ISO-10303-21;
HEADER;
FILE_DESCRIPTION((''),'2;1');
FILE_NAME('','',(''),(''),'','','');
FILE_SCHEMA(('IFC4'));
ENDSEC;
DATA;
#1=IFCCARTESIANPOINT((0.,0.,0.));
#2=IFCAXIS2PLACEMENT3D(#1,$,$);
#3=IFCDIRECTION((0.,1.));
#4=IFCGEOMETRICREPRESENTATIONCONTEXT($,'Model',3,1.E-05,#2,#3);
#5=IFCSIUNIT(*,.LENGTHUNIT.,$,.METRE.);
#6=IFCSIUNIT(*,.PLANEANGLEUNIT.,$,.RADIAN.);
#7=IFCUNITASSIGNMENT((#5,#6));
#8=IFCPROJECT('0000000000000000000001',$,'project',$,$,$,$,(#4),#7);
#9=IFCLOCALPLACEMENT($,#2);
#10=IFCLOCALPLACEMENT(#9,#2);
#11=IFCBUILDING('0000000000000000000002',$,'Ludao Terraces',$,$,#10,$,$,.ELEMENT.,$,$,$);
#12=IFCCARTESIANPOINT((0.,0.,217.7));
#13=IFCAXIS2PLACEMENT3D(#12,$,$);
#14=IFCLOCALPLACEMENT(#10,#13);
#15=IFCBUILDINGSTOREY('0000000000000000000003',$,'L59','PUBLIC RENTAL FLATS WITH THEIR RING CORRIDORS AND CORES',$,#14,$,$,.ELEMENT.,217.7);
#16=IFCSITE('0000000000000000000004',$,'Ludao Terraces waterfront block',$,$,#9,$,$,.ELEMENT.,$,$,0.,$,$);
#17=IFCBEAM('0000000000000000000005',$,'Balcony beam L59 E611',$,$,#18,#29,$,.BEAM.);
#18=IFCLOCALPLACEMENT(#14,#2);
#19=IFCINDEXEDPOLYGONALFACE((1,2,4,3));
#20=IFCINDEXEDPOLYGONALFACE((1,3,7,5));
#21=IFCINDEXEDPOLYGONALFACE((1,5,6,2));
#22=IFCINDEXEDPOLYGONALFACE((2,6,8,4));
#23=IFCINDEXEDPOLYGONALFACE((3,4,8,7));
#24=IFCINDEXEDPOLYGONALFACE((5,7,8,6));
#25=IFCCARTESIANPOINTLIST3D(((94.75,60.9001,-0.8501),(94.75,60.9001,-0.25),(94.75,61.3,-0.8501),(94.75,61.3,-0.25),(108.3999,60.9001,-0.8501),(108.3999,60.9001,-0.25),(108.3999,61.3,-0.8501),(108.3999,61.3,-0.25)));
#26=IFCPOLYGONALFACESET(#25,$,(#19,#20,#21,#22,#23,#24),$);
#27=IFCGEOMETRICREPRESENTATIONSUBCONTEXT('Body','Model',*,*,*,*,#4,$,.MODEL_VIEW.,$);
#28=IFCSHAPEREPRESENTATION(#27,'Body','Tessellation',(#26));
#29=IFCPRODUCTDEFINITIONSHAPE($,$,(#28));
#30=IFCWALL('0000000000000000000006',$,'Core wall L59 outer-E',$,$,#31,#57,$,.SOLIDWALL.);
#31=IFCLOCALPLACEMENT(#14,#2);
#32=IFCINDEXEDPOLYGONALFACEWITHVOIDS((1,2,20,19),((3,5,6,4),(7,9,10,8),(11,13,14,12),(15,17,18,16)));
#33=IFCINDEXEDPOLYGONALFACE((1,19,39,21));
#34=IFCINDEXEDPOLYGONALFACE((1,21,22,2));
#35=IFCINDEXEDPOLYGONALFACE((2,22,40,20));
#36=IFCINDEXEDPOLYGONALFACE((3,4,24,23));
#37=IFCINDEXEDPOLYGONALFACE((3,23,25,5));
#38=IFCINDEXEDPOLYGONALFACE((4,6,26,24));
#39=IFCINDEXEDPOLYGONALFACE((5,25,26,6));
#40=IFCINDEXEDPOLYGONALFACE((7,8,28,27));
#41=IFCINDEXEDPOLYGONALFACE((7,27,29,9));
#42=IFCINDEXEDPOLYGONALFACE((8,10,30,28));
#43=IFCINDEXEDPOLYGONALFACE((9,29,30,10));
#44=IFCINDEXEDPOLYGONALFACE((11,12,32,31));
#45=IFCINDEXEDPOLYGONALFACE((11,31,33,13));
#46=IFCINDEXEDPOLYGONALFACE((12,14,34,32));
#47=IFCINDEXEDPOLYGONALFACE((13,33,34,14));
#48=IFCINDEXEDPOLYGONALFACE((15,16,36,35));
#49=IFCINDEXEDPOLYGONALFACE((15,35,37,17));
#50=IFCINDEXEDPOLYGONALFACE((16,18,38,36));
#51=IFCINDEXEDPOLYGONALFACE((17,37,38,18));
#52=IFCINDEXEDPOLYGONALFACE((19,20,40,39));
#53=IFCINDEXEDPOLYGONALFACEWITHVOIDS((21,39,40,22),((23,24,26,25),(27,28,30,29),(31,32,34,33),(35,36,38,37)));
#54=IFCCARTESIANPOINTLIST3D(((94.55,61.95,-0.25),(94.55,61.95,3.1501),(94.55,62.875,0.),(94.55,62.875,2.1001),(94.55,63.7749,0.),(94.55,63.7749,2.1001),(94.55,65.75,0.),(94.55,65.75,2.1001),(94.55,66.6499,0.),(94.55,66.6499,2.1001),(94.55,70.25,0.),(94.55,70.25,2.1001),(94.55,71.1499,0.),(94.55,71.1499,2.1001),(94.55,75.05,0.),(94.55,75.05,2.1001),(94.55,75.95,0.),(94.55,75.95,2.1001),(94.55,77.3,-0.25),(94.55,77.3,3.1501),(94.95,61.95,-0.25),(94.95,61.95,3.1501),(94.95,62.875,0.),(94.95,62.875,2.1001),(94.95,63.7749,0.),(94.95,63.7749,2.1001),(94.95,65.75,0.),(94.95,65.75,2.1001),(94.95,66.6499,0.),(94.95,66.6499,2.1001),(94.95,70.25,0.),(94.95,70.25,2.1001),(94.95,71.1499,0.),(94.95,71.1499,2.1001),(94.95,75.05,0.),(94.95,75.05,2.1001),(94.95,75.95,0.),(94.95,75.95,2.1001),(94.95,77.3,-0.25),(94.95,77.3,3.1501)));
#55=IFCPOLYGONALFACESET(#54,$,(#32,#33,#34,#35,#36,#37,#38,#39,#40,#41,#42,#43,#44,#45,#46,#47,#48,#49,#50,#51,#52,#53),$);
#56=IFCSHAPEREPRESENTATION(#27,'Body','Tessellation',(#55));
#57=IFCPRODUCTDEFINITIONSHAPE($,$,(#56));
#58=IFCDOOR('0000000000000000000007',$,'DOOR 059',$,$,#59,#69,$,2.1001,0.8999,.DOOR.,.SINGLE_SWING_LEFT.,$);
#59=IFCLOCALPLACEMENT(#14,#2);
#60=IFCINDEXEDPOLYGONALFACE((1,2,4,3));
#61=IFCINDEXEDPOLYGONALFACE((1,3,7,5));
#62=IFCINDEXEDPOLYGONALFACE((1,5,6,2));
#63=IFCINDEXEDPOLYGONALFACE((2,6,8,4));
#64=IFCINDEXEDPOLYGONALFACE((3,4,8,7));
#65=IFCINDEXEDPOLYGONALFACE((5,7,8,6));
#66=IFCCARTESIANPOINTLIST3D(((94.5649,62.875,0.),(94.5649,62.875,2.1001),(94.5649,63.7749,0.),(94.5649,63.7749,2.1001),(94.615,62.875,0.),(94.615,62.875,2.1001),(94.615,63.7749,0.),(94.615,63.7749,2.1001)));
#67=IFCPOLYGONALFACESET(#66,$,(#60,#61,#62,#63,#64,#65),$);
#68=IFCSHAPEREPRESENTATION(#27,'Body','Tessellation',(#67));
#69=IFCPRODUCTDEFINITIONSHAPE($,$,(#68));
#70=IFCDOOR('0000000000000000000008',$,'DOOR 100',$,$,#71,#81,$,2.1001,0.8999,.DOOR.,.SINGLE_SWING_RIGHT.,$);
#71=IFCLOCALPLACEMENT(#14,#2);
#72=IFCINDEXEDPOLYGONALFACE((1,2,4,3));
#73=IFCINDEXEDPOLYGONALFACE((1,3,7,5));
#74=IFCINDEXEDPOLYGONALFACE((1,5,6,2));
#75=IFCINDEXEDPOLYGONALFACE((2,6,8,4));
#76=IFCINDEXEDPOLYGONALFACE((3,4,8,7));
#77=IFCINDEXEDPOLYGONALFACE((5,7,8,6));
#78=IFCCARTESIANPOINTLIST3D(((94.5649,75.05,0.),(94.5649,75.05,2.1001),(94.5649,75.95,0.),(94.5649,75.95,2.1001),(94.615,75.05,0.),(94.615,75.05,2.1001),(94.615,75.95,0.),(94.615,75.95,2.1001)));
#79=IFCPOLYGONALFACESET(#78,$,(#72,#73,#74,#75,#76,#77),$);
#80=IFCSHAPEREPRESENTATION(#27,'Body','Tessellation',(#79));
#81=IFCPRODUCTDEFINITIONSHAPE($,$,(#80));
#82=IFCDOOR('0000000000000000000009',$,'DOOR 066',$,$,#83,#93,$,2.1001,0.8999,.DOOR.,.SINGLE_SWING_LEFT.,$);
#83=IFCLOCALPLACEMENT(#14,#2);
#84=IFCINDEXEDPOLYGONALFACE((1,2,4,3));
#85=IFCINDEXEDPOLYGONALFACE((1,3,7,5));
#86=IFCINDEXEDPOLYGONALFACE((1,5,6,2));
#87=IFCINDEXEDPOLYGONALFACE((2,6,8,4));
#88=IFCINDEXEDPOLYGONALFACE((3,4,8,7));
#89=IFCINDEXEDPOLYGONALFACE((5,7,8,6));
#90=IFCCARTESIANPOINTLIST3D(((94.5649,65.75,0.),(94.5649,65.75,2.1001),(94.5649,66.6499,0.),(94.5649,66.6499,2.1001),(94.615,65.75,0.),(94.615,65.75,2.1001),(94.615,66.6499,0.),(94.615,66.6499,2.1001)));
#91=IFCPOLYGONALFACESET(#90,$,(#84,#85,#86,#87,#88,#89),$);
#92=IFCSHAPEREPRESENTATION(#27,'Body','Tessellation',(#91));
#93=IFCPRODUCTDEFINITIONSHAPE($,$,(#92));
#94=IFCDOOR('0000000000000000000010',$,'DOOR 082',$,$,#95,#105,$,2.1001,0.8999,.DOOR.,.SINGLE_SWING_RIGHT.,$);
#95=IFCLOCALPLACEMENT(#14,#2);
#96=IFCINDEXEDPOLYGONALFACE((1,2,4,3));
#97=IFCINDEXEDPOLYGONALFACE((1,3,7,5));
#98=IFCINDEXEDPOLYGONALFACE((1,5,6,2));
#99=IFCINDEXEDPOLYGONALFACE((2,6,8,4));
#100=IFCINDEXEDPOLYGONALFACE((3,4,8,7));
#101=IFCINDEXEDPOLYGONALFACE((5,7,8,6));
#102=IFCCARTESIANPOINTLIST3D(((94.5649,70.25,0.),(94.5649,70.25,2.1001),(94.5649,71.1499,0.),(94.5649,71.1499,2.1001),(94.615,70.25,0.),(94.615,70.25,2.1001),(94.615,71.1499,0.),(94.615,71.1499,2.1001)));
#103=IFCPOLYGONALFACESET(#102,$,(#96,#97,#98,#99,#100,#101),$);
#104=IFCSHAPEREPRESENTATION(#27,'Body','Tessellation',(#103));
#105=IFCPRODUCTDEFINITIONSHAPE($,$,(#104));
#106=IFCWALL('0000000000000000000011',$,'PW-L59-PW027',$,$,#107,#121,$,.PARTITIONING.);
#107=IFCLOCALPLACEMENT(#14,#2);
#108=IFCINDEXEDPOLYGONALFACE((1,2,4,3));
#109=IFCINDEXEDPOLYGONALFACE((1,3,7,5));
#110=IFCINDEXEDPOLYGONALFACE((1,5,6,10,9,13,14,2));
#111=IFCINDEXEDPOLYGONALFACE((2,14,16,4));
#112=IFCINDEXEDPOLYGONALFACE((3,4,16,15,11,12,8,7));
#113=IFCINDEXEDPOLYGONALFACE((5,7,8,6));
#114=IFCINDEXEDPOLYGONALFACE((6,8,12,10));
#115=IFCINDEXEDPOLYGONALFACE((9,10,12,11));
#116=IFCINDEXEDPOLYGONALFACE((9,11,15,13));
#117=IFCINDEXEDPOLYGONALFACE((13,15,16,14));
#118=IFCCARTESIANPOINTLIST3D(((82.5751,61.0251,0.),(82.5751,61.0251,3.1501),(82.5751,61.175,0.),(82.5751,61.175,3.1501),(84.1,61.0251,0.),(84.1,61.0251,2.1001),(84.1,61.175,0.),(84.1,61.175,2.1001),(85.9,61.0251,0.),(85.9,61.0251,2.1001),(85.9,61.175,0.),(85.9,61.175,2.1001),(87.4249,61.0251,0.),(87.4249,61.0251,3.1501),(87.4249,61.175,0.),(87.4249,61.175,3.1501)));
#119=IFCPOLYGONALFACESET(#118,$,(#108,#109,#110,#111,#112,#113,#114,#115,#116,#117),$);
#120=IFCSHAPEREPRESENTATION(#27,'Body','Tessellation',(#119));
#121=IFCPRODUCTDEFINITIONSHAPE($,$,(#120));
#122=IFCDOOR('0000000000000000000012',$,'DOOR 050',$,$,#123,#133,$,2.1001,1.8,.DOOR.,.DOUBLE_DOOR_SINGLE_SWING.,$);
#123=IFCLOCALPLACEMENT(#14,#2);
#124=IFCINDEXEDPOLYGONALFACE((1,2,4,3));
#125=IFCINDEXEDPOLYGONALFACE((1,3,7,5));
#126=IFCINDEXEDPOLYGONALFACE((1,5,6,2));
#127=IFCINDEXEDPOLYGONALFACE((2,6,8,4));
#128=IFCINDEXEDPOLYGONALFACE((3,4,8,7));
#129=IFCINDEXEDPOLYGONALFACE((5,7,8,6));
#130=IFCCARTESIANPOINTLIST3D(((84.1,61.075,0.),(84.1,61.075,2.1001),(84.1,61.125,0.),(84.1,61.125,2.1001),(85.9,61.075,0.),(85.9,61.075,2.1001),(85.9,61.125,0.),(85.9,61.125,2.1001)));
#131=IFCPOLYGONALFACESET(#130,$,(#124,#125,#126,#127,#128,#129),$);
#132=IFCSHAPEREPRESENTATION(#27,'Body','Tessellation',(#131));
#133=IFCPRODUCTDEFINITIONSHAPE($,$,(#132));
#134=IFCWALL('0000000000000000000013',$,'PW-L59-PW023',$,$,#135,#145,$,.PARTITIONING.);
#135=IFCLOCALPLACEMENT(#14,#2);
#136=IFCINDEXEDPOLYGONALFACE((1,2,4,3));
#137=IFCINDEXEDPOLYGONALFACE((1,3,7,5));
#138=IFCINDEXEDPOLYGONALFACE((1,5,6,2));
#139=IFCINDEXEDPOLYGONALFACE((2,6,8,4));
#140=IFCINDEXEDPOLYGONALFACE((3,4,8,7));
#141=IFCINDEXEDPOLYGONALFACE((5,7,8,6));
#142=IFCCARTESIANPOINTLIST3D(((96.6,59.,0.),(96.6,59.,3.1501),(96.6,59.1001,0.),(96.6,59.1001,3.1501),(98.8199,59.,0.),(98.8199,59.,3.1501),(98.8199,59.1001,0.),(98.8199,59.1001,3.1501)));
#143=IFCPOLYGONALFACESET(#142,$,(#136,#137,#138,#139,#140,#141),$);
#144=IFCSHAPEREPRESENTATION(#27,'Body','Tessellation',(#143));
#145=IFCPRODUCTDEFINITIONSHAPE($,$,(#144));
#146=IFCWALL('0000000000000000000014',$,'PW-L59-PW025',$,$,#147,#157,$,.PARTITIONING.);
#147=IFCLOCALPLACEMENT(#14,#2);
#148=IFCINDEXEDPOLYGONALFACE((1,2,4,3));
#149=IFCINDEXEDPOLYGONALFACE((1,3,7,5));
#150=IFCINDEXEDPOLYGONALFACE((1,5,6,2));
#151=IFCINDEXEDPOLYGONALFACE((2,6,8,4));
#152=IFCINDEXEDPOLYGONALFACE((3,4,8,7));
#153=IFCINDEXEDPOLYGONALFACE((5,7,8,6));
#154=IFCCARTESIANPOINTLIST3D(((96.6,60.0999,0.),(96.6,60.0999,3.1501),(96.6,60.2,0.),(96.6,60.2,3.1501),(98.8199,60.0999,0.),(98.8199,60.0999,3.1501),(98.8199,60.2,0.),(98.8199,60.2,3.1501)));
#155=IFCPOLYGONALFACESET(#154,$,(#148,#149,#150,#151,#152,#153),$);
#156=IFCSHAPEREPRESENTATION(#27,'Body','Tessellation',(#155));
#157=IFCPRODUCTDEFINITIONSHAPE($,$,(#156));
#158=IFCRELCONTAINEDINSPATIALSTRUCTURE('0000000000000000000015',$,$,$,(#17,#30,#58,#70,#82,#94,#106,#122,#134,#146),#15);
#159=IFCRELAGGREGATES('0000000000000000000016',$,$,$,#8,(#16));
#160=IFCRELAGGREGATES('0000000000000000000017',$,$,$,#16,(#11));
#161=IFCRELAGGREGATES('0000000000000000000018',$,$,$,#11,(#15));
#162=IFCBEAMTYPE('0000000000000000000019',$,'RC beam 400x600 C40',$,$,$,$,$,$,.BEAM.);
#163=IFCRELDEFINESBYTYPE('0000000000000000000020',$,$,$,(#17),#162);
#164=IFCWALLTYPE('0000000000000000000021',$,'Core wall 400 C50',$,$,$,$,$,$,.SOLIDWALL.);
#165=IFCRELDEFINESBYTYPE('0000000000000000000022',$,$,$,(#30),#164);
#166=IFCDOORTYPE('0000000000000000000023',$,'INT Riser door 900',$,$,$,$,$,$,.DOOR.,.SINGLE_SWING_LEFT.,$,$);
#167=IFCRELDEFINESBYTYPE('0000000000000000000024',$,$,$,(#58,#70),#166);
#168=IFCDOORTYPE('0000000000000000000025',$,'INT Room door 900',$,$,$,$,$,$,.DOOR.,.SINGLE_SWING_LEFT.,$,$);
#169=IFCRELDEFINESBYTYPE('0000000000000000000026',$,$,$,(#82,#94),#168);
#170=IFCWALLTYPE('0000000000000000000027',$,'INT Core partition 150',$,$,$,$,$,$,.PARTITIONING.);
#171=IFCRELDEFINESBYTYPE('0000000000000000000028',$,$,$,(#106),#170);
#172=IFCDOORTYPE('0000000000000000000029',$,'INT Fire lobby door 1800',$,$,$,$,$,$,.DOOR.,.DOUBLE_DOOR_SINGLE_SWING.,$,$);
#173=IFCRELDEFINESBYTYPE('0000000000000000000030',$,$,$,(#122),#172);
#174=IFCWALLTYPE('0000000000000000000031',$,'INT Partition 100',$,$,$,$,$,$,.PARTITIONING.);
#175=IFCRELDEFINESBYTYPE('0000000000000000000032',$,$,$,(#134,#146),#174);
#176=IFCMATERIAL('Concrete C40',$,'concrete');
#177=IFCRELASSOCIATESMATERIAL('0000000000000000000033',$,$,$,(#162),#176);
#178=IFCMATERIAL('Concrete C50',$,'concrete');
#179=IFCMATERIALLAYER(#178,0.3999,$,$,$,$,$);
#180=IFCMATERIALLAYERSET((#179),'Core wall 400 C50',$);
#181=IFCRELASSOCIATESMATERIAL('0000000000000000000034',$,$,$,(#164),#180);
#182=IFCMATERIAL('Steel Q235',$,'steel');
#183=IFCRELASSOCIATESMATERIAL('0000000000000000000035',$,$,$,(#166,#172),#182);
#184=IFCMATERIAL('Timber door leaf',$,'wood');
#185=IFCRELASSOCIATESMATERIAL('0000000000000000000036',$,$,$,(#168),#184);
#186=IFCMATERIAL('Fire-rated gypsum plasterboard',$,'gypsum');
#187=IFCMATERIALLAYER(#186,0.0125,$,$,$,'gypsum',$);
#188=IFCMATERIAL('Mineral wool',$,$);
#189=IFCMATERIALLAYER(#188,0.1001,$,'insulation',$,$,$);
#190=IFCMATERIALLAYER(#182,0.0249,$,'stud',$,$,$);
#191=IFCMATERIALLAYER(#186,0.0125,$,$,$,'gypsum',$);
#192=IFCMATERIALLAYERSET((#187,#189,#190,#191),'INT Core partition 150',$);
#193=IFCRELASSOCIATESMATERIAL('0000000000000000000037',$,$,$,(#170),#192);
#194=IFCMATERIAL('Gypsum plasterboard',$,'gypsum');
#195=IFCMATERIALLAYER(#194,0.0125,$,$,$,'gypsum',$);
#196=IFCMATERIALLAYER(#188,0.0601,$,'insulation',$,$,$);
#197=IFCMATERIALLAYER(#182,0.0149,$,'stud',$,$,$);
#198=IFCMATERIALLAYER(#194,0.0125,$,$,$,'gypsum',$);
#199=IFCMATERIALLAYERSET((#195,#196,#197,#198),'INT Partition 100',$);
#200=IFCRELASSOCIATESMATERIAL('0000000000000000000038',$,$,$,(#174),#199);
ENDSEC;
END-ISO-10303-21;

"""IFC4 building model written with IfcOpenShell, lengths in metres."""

from ifc_helpers import new_model, si_unit, direction, frame, frame_2d, origin, origin_2d, place, context, subcontext, project, spatial, rectangle, extrude, material, layer, layer_set, material_profile, profile_set, type_object, element, fill, save


model = new_model("IFC4")

# Units and contexts
model_context = context("Model", 3, precision=1e-05, world=origin(), true_north=direction((0.0, 1.0)))
body_context = subcontext(model_context, "Body", "Model", "MODEL_VIEW")
ifc_project = project(units=[si_unit("LENGTHUNIT", "METRE"), si_unit("PLANEANGLEUNIT", "RADIAN")], contexts=[model_context])

# Site, building, storey
site_placement = place(None, origin())
site = spatial("IfcSite", under=ifc_project, at=site_placement, Name="Ludao Terraces waterfront block", CompositionType="ELEMENT", RefElevation=0.0)
building_placement = place(site_placement, origin())
building = spatial("IfcBuilding", under=site, at=building_placement, Name="Ludao Terraces", CompositionType="ELEMENT")
storey_placement = place(building_placement, frame((0.0, 0.0, 217.7)))
storey = spatial("IfcBuildingStorey", under=building, at=storey_placement, Name="L59", Description="PUBLIC RENTAL FLATS WITH THEIR RING CORRIDORS AND CORES", CompositionType="ELEMENT", Elevation=217.7)

# Beam
ifc_material_1 = material(Name="Concrete C40", Category="concrete")
ifc_material_profile = material_profile(ifc_material_1, rectangle(XDim=0.3999, YDim=0.6001, at=origin_2d()), Name="400 X 600")
ifc_profile_set = profile_set([ifc_material_profile], Name="Concrete C40")
beam_type = type_object("IfcBeamType", Name="RC beam 400x600 C40", PredefinedType="BEAM", material=ifc_profile_set)
beam_placement = place(storey_placement, frame((94.75, 61.1001, -0.55), z_axis=(1.0, 0.0, 0.0), x_axis=(0.0, 1.0, 0.0)))
element("IfcBeam", 1, at=beam_placement, inside=storey, type_object=beam_type, Name="Balcony beam L59 E611", PredefinedType="BEAM", context=body_context, shape_type="SweptSolid", body=[
    extrude(rectangle(XDim=0.3999, YDim=0.6001, at=origin_2d()), origin(), (0.0, 0.0, 1.0), 13.6499),
])

# Wall, openings, doors
ifc_material_2 = material(Name="Concrete C50", Category="concrete")
ifc_layer_1 = layer(ifc_material_2, 0.3999)
ifc_layer_set_1 = layer_set([ifc_layer_1], Name="Core wall 400 C50")
wall_type_1 = type_object("IfcWallType", Name="Core wall 400 C50", PredefinedType="SOLIDWALL", material=ifc_layer_set_1)
wall_1_placement = place(storey_placement, frame((94.75, 61.95, -0.25), z_axis=(0.0, 0.0, 1.0), x_axis=(0.0, 1.0, 0.0)))
wall_1 = element("IfcWall", 2, at=wall_1_placement, inside=storey, type_object=wall_type_1, Name="Core wall L59 outer-E", PredefinedType="SOLIDWALL", context=body_context, shape_type="SweptSolid", body=[
    extrude(rectangle(XDim=15.3501, YDim=0.3999, at=frame_2d((7.675, 0.0))), origin(), (0.0, 0.0, 1.0), 3.4001),
])
opening_1_placement = place(wall_1_placement, frame((0.925, 0.0, 0.25)))
opening_1 = element("IfcOpeningElement", 3, at=opening_1_placement, cuts=wall_1, PredefinedType="OPENING", context=body_context, shape_type="SweptSolid", body=[
    extrude(rectangle(XDim=0.8999, YDim=2.1001, at=frame_2d((0.45, 1.05))), frame((0.0, 0.21, 0.0), z_axis=(0.0, -1.0, 0.0), x_axis=(1.0, 0.0, 0.0)), (0.0, 0.0, 1.0), 0.4199),
])
opening_2_placement = place(wall_1_placement, frame((3.8, 0.0, 0.25)))
opening_2 = element("IfcOpeningElement", 4, at=opening_2_placement, cuts=wall_1, PredefinedType="OPENING", context=body_context, shape_type="SweptSolid", body=[
    extrude(rectangle(XDim=0.8999, YDim=2.1001, at=frame_2d((0.45, 1.05))), frame((0.0, 0.21, 0.0), z_axis=(0.0, -1.0, 0.0), x_axis=(1.0, 0.0, 0.0)), (0.0, 0.0, 1.0), 0.4199),
])
opening_3_placement = place(wall_1_placement, frame((8.3, 0.0, 0.25)))
opening_3 = element("IfcOpeningElement", 5, at=opening_3_placement, cuts=wall_1, PredefinedType="OPENING", context=body_context, shape_type="SweptSolid", body=[
    extrude(rectangle(XDim=0.8999, YDim=2.1001, at=frame_2d((0.45, 1.05))), frame((0.0, 0.21, 0.0), z_axis=(0.0, -1.0, 0.0), x_axis=(1.0, 0.0, 0.0)), (0.0, 0.0, 1.0), 0.4199),
])
opening_4_placement = place(wall_1_placement, frame((13.1001, 0.0, 0.25)))
opening_4 = element("IfcOpeningElement", 6, at=opening_4_placement, cuts=wall_1, PredefinedType="OPENING", context=body_context, shape_type="SweptSolid", body=[
    extrude(rectangle(XDim=0.8999, YDim=2.1001, at=frame_2d((0.45, 1.05))), frame((0.0, 0.21, 0.0), z_axis=(0.0, -1.0, 0.0), x_axis=(1.0, 0.0, 0.0)), (0.0, 0.0, 1.0), 0.4199),
])
ifc_material_3 = material(Name="Steel Q235", Category="steel")
door_type_1 = type_object("IfcDoorType", Name="INT Riser door 900", OperationType="SINGLE_SWING_LEFT", PredefinedType="DOOR", material=ifc_material_3)
door_1_placement = place(opening_1_placement, origin())
door_1 = element("IfcDoor", 7, at=door_1_placement, inside=storey, type_object=door_type_1, Name="DOOR 059", OperationType="SINGLE_SWING_LEFT", OverallHeight=2.1001, OverallWidth=0.8999, PredefinedType="DOOR", context=body_context, shape_type="SweptSolid", body=[
    extrude(rectangle(XDim=0.8999, YDim=2.1001, at=frame_2d((0.45, 1.05))), frame((0.0, 0.1851, 0.0), z_axis=(0.0, -1.0, 0.0), x_axis=(1.0, 0.0, 0.0)), (0.0, 0.0, 1.0), 0.05),
])
fill(opening_1, door_1)
door_2_placement = place(opening_4_placement, origin())
door_2 = element("IfcDoor", 8, at=door_2_placement, inside=storey, type_object=door_type_1, Name="DOOR 100", OperationType="SINGLE_SWING_RIGHT", OverallHeight=2.1001, OverallWidth=0.8999, PredefinedType="DOOR", context=body_context, shape_type="SweptSolid", body=[
    extrude(rectangle(XDim=0.8999, YDim=2.1001, at=frame_2d((0.45, 1.05))), frame((0.0, 0.1851, 0.0), z_axis=(0.0, -1.0, 0.0), x_axis=(1.0, 0.0, 0.0)), (0.0, 0.0, 1.0), 0.05),
])
fill(opening_4, door_2)
ifc_material_4 = material(Name="Timber door leaf", Category="wood")
door_type_2 = type_object("IfcDoorType", Name="INT Room door 900", OperationType="SINGLE_SWING_LEFT", PredefinedType="DOOR", material=ifc_material_4)
door_3_placement = place(opening_2_placement, origin())
door_3 = element("IfcDoor", 9, at=door_3_placement, inside=storey, type_object=door_type_2, Name="DOOR 066", OperationType="SINGLE_SWING_LEFT", OverallHeight=2.1001, OverallWidth=0.8999, PredefinedType="DOOR", context=body_context, shape_type="SweptSolid", body=[
    extrude(rectangle(XDim=0.8999, YDim=2.1001, at=frame_2d((0.45, 1.05))), frame((0.0, 0.1851, 0.0), z_axis=(0.0, -1.0, 0.0), x_axis=(1.0, 0.0, 0.0)), (0.0, 0.0, 1.0), 0.05),
])
fill(opening_2, door_3)
door_4_placement = place(opening_3_placement, origin())
door_4 = element("IfcDoor", 10, at=door_4_placement, inside=storey, type_object=door_type_2, Name="DOOR 082", OperationType="SINGLE_SWING_RIGHT", OverallHeight=2.1001, OverallWidth=0.8999, PredefinedType="DOOR", context=body_context, shape_type="SweptSolid", body=[
    extrude(rectangle(XDim=0.8999, YDim=2.1001, at=frame_2d((0.45, 1.05))), frame((0.0, 0.1851, 0.0), z_axis=(0.0, -1.0, 0.0), x_axis=(1.0, 0.0, 0.0)), (0.0, 0.0, 1.0), 0.05),
])
fill(opening_3, door_4)

# Wall, opening, door
ifc_material_5 = material(Name="Fire-rated gypsum plasterboard", Category="gypsum")
ifc_layer_2 = layer(ifc_material_5, 0.0125, Category="gypsum")
ifc_material_6 = material(Name="Mineral wool")
ifc_layer_3 = layer(ifc_material_6, 0.1001, Name="insulation")
ifc_layer_4 = layer(ifc_material_3, 0.0249, Name="stud")
ifc_layer_5 = layer(ifc_material_5, 0.0125, Category="gypsum")
ifc_layer_set_2 = layer_set([ifc_layer_2, ifc_layer_3, ifc_layer_4, ifc_layer_5], Name="INT Core partition 150")
wall_type_2 = type_object("IfcWallType", Name="INT Core partition 150", PredefinedType="PARTITIONING", material=ifc_layer_set_2)
wall_2_placement = place(storey_placement, frame((82.5752, 61.1001, 0.0), z_axis=(0.0, 0.0, 1.0), x_axis=(1.0, 0.0, 0.0)))
wall_2 = element("IfcWall", 11, at=wall_2_placement, inside=storey, type_object=wall_type_2, Name="PW-L59-PW027", PredefinedType="PARTITIONING", context=body_context, shape_type="SweptSolid", body=[
    extrude(rectangle(XDim=4.8499, YDim=0.1499, at=frame_2d((2.4248, 0.0))), origin(), (0.0, 0.0, 1.0), 3.1501),
])
opening_5_placement = place(wall_2_placement, frame((1.5249, 0.0, 0.0)))
opening_5 = element("IfcOpeningElement", 12, at=opening_5_placement, cuts=wall_2, PredefinedType="OPENING", context=body_context, shape_type="SweptSolid", body=[
    extrude(rectangle(XDim=1.8, YDim=2.1001, at=frame_2d((0.8999, 1.05))), frame((0.0, 0.085, 0.0), z_axis=(0.0, -1.0, 0.0), x_axis=(1.0, 0.0, 0.0)), (0.0, 0.0, 1.0), 0.1699),
])
door_type_3 = type_object("IfcDoorType", Name="INT Fire lobby door 1800", OperationType="DOUBLE_DOOR_SINGLE_SWING", PredefinedType="DOOR", material=ifc_material_3)
door_5_placement = place(opening_5_placement, origin())
door_5 = element("IfcDoor", 13, at=door_5_placement, inside=storey, type_object=door_type_3, Name="DOOR 050", OperationType="DOUBLE_DOOR_SINGLE_SWING", OverallHeight=2.1001, OverallWidth=1.8, PredefinedType="DOOR", context=body_context, shape_type="SweptSolid", body=[
    extrude(rectangle(XDim=1.8, YDim=2.1001, at=frame_2d((0.8999, 1.05))), frame((0.0, 0.0249, 0.0), z_axis=(0.0, -1.0, 0.0), x_axis=(1.0, 0.0, 0.0)), (0.0, 0.0, 1.0), 0.05),
])
fill(opening_5, door_5)

# Walls
ifc_material_7 = material(Name="Gypsum plasterboard", Category="gypsum")
ifc_layer_6 = layer(ifc_material_7, 0.0125, Category="gypsum")
ifc_layer_7 = layer(ifc_material_6, 0.0601, Name="insulation")
ifc_layer_8 = layer(ifc_material_3, 0.0149, Name="stud")
ifc_layer_9 = layer(ifc_material_7, 0.0125, Category="gypsum")
ifc_layer_set_3 = layer_set([ifc_layer_6, ifc_layer_7, ifc_layer_8, ifc_layer_9], Name="INT Partition 100")
wall_type_3 = type_object("IfcWallType", Name="INT Partition 100", PredefinedType="PARTITIONING", material=ifc_layer_set_3)
for number, where, z_axis, x_axis, name in (
    (14, (96.6001, 59.05, 0.0), (0.0, 0.0, 1.0), (1.0, 0.0, 0.0), "PW-L59-PW023"),
    (15, (96.6001, 60.1499, 0.0), (0.0, 0.0, 1.0), (1.0, 0.0, 0.0), "PW-L59-PW025"),
):
    element("IfcWall", number, at=place(storey_placement, frame(where, z_axis=z_axis, x_axis=x_axis)), inside=storey, type_object=wall_type_3, Name=name, PredefinedType="PARTITIONING", context=body_context, shape_type="SweptSolid", body=[
        extrude(rectangle(XDim=2.22, YDim=0.1001, at=frame_2d((1.1099, 0.0))), origin(), (0.0, 0.0, 1.0), 3.1501),
    ])

save(model, "model.ifc")
